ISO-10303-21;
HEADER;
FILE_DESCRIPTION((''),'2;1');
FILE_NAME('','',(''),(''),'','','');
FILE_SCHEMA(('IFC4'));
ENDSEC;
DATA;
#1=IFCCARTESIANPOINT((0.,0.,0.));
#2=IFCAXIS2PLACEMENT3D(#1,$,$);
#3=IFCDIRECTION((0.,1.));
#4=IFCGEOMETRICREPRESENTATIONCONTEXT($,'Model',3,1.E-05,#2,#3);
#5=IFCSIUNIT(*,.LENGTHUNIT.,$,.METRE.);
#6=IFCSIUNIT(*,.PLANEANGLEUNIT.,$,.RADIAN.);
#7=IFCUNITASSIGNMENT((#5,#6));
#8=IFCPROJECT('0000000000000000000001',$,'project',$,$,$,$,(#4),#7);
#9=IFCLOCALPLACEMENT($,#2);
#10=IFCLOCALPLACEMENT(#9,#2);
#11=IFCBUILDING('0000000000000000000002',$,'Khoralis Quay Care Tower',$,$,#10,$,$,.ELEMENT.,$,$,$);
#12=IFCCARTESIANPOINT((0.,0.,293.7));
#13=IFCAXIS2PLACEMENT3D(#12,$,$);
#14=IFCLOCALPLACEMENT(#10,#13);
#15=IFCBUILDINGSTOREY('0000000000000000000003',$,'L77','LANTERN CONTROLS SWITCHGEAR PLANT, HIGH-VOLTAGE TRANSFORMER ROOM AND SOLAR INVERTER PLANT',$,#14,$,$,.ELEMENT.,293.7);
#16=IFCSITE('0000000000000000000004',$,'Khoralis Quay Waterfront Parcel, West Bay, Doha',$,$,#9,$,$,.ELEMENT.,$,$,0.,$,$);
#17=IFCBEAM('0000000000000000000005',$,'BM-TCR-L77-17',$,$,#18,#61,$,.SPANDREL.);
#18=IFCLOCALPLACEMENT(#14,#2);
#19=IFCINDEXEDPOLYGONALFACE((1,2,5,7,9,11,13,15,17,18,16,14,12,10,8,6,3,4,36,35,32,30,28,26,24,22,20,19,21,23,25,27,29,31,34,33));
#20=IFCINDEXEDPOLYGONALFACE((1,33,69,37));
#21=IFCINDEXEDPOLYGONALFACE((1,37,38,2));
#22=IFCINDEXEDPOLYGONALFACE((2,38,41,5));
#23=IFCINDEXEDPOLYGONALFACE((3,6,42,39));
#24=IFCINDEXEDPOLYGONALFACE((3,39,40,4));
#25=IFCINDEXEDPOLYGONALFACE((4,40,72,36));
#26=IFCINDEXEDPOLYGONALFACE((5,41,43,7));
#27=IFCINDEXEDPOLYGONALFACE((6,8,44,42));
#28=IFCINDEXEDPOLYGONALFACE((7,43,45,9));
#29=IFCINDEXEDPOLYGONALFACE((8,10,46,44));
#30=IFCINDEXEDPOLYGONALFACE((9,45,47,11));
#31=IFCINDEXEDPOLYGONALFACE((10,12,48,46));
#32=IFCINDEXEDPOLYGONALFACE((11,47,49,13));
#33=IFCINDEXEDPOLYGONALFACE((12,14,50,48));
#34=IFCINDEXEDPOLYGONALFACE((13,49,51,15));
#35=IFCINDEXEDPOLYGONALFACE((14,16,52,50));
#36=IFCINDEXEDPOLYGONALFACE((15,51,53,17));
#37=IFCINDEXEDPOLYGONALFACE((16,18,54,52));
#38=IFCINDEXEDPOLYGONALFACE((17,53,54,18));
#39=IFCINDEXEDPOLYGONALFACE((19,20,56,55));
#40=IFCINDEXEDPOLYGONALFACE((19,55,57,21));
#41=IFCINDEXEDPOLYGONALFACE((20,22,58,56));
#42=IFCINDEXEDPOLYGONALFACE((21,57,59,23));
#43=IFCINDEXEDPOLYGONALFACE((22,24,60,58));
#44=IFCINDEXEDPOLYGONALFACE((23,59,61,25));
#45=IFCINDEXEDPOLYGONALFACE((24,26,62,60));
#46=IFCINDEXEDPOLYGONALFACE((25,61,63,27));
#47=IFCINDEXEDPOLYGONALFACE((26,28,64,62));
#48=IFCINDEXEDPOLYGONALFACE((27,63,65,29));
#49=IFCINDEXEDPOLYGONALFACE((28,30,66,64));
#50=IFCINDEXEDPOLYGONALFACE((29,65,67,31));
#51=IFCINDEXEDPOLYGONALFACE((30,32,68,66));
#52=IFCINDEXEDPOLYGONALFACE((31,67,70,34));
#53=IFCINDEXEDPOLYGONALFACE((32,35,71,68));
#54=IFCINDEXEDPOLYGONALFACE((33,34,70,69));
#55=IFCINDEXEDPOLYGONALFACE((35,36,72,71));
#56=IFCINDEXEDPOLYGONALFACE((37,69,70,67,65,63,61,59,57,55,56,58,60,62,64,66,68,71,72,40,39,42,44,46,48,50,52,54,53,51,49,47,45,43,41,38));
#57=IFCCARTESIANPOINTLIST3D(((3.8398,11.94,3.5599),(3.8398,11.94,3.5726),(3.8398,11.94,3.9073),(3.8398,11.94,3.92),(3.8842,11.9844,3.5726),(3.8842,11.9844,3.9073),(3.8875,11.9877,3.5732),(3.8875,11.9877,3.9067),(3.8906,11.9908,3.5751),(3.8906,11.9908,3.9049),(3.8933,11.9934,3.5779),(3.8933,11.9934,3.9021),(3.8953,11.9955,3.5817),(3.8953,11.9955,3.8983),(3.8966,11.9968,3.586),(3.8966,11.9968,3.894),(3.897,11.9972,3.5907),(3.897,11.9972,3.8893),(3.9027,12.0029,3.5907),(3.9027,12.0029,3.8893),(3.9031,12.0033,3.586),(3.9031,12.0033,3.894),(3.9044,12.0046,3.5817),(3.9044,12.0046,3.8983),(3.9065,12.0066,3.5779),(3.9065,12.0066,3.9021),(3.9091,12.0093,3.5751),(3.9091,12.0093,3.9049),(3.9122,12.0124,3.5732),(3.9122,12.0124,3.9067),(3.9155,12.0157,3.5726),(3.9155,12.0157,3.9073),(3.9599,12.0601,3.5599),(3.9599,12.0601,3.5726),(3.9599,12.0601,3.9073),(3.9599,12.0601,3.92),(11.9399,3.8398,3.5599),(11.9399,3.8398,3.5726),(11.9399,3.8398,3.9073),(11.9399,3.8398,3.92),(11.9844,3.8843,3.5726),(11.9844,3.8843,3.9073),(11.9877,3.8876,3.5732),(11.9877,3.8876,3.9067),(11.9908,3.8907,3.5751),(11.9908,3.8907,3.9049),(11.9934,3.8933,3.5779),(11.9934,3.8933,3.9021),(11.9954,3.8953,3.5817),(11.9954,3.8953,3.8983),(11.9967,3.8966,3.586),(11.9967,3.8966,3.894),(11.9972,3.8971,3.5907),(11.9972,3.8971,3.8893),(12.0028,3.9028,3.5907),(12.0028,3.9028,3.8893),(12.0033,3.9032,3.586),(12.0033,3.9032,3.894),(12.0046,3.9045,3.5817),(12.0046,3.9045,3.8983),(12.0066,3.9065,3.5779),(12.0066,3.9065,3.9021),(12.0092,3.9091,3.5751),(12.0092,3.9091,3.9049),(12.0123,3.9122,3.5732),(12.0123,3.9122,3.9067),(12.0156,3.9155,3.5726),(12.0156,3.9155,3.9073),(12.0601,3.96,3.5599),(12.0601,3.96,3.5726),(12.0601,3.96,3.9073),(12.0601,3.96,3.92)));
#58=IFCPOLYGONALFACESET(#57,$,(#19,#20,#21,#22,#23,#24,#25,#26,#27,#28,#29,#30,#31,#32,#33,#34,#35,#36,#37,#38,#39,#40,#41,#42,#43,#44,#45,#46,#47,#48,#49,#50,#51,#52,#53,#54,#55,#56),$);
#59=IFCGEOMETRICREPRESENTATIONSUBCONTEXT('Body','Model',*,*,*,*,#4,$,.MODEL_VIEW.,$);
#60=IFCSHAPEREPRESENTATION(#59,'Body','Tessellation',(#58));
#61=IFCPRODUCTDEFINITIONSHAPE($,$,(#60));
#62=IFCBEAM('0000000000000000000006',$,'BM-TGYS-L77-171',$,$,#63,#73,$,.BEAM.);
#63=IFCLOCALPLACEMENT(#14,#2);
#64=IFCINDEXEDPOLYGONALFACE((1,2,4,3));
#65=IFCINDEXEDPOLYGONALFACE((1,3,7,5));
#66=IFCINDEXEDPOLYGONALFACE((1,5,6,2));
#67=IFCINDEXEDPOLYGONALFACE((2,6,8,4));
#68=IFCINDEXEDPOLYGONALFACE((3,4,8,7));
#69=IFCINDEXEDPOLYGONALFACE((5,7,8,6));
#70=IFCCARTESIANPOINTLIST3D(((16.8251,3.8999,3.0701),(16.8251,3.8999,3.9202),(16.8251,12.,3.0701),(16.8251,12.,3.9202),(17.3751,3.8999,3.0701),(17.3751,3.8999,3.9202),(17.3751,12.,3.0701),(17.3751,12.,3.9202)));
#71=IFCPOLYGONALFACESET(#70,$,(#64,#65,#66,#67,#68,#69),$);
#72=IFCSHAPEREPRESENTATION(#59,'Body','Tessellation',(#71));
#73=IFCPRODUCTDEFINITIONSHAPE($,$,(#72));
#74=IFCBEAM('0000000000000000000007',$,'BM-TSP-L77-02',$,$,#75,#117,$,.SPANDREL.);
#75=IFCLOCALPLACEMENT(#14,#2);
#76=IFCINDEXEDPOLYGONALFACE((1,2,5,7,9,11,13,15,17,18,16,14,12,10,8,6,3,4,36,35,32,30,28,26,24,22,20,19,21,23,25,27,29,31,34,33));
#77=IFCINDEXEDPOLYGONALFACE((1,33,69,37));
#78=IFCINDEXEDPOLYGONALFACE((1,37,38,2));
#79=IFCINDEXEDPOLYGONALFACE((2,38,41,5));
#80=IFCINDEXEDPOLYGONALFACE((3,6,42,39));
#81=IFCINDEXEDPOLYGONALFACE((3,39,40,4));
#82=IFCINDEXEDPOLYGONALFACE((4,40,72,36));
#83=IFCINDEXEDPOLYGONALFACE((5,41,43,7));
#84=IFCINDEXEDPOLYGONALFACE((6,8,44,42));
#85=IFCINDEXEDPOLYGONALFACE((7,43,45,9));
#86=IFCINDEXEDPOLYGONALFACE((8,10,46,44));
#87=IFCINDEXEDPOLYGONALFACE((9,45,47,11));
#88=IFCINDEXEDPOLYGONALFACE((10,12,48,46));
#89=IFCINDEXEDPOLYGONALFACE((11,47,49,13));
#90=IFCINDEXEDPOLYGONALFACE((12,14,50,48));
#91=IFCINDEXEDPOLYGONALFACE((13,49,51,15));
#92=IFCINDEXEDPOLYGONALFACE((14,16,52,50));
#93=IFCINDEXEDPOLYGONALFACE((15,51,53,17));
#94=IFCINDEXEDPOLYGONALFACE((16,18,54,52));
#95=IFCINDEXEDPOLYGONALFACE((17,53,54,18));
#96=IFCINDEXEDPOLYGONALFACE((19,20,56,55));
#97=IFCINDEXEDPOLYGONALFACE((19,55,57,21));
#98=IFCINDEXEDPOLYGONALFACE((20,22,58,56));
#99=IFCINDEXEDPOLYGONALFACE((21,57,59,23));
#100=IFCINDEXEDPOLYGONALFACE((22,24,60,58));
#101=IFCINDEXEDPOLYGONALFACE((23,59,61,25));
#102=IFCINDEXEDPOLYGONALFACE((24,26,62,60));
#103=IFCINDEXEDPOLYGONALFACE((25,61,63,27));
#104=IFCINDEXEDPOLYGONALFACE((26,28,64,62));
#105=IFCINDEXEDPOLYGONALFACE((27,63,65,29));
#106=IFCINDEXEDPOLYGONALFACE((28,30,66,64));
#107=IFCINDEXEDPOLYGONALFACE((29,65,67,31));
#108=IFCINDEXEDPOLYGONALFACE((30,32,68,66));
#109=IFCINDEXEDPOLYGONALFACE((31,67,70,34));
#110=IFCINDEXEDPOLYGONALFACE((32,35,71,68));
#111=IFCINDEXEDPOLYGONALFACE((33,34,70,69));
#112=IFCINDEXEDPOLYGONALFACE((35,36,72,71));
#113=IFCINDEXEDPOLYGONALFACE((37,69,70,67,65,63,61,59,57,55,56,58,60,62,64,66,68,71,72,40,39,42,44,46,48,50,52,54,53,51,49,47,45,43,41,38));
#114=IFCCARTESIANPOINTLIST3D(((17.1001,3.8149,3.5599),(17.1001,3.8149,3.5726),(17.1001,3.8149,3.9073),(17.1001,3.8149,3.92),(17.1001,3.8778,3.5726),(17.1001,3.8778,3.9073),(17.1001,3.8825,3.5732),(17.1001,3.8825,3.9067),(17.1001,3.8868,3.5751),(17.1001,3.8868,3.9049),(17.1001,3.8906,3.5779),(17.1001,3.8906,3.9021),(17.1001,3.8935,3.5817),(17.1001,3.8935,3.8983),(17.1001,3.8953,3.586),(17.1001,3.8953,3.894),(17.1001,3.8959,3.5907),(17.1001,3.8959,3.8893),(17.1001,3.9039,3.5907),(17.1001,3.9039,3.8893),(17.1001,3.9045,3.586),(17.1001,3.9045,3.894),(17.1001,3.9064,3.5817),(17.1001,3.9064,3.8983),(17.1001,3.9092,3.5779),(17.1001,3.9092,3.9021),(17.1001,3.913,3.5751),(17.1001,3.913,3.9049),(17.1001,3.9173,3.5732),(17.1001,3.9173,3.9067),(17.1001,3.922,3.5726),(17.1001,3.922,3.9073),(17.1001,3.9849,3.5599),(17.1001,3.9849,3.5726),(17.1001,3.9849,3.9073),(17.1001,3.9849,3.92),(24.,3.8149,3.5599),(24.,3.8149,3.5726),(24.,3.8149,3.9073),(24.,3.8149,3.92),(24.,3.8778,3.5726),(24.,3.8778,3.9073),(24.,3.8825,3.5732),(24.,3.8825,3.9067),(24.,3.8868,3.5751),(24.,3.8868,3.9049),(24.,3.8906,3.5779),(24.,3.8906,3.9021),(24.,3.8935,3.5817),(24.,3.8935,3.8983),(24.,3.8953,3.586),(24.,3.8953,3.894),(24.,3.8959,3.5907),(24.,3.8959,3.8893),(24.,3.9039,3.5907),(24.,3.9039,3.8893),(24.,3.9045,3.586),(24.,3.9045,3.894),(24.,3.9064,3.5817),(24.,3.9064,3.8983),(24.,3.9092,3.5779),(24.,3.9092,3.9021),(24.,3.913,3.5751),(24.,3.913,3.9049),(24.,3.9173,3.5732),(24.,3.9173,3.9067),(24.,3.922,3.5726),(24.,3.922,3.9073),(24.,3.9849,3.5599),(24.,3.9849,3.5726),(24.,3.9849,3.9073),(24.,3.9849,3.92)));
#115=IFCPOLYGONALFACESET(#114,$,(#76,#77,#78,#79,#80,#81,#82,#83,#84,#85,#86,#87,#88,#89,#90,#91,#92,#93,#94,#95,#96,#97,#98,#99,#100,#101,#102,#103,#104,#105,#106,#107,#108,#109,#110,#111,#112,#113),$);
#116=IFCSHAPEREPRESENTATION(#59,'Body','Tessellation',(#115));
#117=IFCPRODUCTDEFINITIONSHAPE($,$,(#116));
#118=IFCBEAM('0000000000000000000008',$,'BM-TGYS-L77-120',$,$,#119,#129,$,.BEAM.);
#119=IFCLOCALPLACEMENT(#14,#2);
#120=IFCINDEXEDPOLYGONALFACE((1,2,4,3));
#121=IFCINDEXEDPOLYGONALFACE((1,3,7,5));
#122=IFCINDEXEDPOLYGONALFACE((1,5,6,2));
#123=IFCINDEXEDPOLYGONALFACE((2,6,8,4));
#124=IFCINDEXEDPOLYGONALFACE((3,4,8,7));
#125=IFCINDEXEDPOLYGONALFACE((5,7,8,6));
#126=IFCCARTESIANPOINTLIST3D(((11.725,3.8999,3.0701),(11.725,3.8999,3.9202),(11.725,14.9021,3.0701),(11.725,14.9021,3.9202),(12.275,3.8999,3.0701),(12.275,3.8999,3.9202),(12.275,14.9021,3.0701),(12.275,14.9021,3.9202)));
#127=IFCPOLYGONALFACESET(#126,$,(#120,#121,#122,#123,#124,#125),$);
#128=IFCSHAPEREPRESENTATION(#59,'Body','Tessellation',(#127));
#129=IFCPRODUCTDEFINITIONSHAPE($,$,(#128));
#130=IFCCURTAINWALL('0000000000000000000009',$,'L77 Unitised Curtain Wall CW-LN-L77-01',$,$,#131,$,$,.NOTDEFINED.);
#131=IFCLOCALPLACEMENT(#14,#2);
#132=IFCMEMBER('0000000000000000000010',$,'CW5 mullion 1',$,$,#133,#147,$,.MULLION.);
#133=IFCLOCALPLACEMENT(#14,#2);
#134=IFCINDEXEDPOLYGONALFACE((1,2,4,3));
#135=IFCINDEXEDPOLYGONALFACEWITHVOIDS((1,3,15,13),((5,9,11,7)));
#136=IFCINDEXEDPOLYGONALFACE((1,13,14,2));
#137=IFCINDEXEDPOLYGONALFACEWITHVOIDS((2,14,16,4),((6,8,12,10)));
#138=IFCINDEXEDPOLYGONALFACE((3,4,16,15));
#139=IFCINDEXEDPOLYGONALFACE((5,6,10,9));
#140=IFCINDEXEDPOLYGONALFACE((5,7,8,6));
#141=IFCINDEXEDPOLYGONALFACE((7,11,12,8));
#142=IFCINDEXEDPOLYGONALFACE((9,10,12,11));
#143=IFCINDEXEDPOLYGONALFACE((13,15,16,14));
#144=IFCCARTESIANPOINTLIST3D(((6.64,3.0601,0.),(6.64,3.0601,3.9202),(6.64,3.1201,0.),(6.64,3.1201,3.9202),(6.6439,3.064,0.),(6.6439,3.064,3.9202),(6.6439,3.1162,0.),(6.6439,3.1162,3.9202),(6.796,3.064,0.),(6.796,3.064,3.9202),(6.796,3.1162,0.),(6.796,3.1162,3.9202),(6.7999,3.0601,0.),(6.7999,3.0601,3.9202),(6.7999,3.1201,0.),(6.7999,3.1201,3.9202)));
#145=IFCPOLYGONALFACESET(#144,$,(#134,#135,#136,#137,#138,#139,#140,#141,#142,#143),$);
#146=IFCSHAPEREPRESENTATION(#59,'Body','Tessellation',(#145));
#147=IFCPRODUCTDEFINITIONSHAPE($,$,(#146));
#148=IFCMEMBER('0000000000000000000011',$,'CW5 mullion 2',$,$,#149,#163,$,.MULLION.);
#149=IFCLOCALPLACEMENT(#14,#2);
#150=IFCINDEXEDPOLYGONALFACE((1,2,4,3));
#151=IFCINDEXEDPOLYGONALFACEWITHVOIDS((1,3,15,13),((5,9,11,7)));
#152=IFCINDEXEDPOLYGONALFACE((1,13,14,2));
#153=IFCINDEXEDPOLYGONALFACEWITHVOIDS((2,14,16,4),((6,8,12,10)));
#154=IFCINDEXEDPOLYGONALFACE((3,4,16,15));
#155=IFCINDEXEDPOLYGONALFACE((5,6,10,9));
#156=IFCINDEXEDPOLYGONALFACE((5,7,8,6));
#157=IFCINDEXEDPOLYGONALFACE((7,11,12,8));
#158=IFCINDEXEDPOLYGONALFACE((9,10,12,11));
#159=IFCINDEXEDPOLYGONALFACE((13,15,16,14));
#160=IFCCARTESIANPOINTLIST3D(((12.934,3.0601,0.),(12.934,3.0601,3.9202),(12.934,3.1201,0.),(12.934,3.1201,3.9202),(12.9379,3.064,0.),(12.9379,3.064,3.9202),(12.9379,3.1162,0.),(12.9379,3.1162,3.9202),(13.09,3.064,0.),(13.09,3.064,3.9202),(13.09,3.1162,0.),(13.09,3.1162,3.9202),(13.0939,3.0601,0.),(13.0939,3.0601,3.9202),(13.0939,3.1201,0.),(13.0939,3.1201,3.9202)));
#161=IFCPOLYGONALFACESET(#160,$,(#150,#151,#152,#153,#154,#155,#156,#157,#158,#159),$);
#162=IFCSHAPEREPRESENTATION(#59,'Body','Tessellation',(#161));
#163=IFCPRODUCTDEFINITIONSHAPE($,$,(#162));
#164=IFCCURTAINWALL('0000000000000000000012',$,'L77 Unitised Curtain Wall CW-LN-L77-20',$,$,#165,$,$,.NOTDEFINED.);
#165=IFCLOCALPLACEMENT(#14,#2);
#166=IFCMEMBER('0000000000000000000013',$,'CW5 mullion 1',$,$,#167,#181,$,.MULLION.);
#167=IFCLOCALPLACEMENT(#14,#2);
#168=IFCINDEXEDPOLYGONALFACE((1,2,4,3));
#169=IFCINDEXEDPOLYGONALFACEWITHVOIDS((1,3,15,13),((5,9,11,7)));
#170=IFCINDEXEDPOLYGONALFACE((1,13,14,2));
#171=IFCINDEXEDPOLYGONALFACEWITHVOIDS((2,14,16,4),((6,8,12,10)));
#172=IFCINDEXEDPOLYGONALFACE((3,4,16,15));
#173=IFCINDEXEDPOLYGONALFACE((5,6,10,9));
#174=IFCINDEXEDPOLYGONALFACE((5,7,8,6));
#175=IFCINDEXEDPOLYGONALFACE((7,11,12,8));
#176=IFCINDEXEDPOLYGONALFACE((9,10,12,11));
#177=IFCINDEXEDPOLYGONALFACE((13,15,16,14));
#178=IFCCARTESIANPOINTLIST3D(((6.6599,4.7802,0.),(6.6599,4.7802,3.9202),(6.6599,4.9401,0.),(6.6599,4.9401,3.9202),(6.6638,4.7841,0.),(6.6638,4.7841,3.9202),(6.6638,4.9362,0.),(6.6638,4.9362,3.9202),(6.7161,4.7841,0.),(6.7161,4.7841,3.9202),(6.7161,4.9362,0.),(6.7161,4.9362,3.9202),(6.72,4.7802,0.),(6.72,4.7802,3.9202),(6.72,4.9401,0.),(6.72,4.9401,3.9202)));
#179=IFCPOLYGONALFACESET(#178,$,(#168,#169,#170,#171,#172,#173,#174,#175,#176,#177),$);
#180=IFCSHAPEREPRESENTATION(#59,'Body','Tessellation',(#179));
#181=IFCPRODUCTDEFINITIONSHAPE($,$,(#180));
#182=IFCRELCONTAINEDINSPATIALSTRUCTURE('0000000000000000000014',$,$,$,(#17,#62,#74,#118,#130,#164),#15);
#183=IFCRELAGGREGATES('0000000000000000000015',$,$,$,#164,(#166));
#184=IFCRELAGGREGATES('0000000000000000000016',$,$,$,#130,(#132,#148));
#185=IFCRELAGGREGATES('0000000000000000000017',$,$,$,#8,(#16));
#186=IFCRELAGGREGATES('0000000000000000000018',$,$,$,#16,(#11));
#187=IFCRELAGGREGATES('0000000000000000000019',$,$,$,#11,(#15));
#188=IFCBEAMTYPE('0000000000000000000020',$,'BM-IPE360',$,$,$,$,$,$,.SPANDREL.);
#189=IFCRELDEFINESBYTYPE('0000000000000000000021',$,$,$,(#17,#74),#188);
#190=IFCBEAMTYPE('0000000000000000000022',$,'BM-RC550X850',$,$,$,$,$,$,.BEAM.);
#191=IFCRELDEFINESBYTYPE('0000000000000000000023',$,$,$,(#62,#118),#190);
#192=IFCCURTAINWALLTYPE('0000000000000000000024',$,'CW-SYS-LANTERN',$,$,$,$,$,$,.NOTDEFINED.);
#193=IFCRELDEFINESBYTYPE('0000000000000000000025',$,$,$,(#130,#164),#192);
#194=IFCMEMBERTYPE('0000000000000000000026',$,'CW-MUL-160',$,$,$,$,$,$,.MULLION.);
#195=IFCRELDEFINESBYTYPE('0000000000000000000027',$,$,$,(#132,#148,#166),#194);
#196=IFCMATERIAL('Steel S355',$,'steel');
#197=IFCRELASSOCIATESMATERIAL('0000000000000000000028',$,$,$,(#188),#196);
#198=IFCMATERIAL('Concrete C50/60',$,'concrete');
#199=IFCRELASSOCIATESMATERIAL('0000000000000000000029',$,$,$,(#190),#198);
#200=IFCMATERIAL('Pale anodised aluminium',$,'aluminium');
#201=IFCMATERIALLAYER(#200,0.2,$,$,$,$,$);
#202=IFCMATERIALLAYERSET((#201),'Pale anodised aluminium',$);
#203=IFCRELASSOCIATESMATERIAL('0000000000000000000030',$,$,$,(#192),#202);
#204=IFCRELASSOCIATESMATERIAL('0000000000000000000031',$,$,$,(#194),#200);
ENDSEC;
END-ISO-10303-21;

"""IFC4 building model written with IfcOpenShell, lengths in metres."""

from ifc_helpers import new_model, si_unit, direction, frame, origin, origin_2d, place, context, subcontext, project, spatial, rectangle, hollow_rectangle, i_section, extrude, source, transform, mapped, material, layer, layer_set, material_profile, profile_set, type_object, element, aggregate, save


model = new_model("IFC4")

# Units and contexts
model_context = context("Model", 3, precision=1e-05, world=origin(), true_north=direction((0.0, 1.0)))
body_context = subcontext(model_context, "Body", "Model", "MODEL_VIEW")
ifc_project = project(units=[si_unit("LENGTHUNIT", "METRE"), si_unit("PLANEANGLEUNIT", "RADIAN")], contexts=[model_context])

# Site, building, storey
site_placement = place(None, origin())
site = spatial("IfcSite", under=ifc_project, at=site_placement, Name="Khoralis Quay Waterfront Parcel, West Bay, Doha", CompositionType="ELEMENT", RefElevation=0.0)
building_placement = place(site_placement, origin())
building = spatial("IfcBuilding", under=site, at=building_placement, Name="Khoralis Quay Care Tower", CompositionType="ELEMENT")
storey_placement = place(building_placement, frame((0.0, 0.0, 293.7)))
storey = spatial("IfcBuildingStorey", under=building, at=storey_placement, Name="L77", Description="LANTERN CONTROLS SWITCHGEAR PLANT, HIGH-VOLTAGE TRANSFORMER ROOM AND SOLAR INVERTER PLANT", CompositionType="ELEMENT", Elevation=293.7)

# Beams
ifc_material_1 = material(Name="Steel S355", Category="steel")
ifc_material_profile_1 = material_profile(ifc_material_1, i_section(OverallWidth=0.1699, OverallDepth=0.3601, WebThickness=0.0081, FlangeThickness=0.0127, FilletRadius=0.0181, at=origin_2d()), Name="Steel S355")
ifc_profile_set_1 = profile_set([ifc_material_profile_1], Name="Steel S355")
beam_type_1 = type_object("IfcBeamType", Name="BM-IPE360", PredefinedType="SPANDREL", material=ifc_profile_set_1)
shared_shape_1 = source(origin(), body_context, "Body", "SweptSolid", [
    extrude(i_section(OverallWidth=0.1699, OverallDepth=0.3601, WebThickness=0.0081, FlangeThickness=0.0127, FilletRadius=0.0181, at=origin_2d()), origin(), (0.0, 0.0, 1.0), 11.4553),
])
beam_1_placement = place(storey_placement, frame((12.0, 3.8999, 3.74), z_axis=(-0.707107, 0.707107, 0.0), x_axis=(-0.707107, -0.707107, 0.0)))
element("IfcBeam", 1, at=beam_1_placement, inside=storey, type_object=beam_type_1, Name="BM-TCR-L77-17", PredefinedType="SPANDREL", context=body_context, shape_type="MappedRepresentation", body=[
    mapped(shared_shape_1, transform((0.0, 0.0, 0.0), scale=1.0)),
])
ifc_material_2 = material(Name="Concrete C50/60", Category="concrete")
ifc_material_profile_2 = material_profile(ifc_material_2, rectangle(XDim=0.55, YDim=0.8501, at=origin_2d()), Name="Concrete C50/60")
ifc_profile_set_2 = profile_set([ifc_material_profile_2], Name="Concrete C50/60")
beam_type_2 = type_object("IfcBeamType", Name="BM-RC550X850", PredefinedType="BEAM", material=ifc_profile_set_2)
shared_shape_2 = source(origin(), body_context, "Body", "SweptSolid", [
    extrude(rectangle(XDim=0.55, YDim=0.8501, at=origin_2d()), origin(), (0.0, 0.0, 1.0), 8.1001),
])
beam_2_placement = place(storey_placement, frame((17.1001, 3.8999, 3.4951), z_axis=(0.0, 1.0, 0.0), x_axis=(-1.0, 0.0, 0.0)))
element("IfcBeam", 2, at=beam_2_placement, inside=storey, type_object=beam_type_2, Name="BM-TGYS-L77-171", PredefinedType="BEAM", context=body_context, shape_type="MappedRepresentation", body=[
    mapped(shared_shape_2, transform((0.0, 0.0, 0.0), scale=1.0)),
])
shared_shape_3 = source(origin(), body_context, "Body", "SweptSolid", [
    extrude(i_section(OverallWidth=0.1699, OverallDepth=0.3601, WebThickness=0.0081, FlangeThickness=0.0127, FilletRadius=0.0181, at=origin_2d()), origin(), (0.0, 0.0, 1.0), 6.8999),
])
beam_3_placement = place(storey_placement, frame((17.1001, 3.8999, 3.74), z_axis=(1.0, 0.0, 0.0), x_axis=(0.0, 1.0, 0.0)))
element("IfcBeam", 3, at=beam_3_placement, inside=storey, type_object=beam_type_1, Name="BM-TSP-L77-02", PredefinedType="SPANDREL", context=body_context, shape_type="MappedRepresentation", body=[
    mapped(shared_shape_3, transform((0.0, 0.0, 0.0), scale=1.0)),
])
shared_shape_4 = source(origin(), body_context, "Body", "SweptSolid", [
    extrude(rectangle(XDim=0.55, YDim=0.8501, at=origin_2d()), origin(), (0.0, 0.0, 1.0), 11.0022),
])
beam_4_placement = place(storey_placement, frame((12.0, 3.8999, 3.4951), z_axis=(0.0, 1.0, 0.0), x_axis=(-1.0, 0.0, 0.0)))
element("IfcBeam", 4, at=beam_4_placement, inside=storey, type_object=beam_type_2, Name="BM-TGYS-L77-120", PredefinedType="BEAM", context=body_context, shape_type="MappedRepresentation", body=[
    mapped(shared_shape_4, transform((0.0, 0.0, 0.0), scale=1.0)),
])

# Curtain wall, members
ifc_material_3 = material(Name="Pale anodised aluminium", Category="aluminium")
ifc_layer_1 = layer(ifc_material_3, 0.2)
ifc_layer_set_1 = layer_set([ifc_layer_1], Name="Pale anodised aluminium")
curtain_wall_type = type_object("IfcCurtainWallType", Name="CW-SYS-LANTERN", PredefinedType="NOTDEFINED", material=ifc_layer_set_1)
curtain_wall_1_placement = place(storey_placement, origin())
curtain_wall_1 = element("IfcCurtainWall", 5, at=curtain_wall_1_placement, inside=storey, type_object=curtain_wall_type, Name="L77 Unitised Curtain Wall CW-LN-L77-01", PredefinedType="NOTDEFINED")
ifc_material_profile_3 = material_profile(ifc_material_3, hollow_rectangle(XDim=0.0601, YDim=0.1599, WallThickness=0.0039, at=origin_2d()), Name="Pale anodised aluminium")
ifc_profile_set_3 = profile_set([ifc_material_profile_3], Name="Pale anodised aluminium")
member_type_1 = type_object("IfcMemberType", Name="CW-MUL-160", PredefinedType="MULLION", material=ifc_profile_set_3)
shared_shape_5 = source(origin(), body_context, "Body", "SweptSolid", [
    extrude(hollow_rectangle(XDim=0.0601, YDim=0.1599, WallThickness=0.0039, at=origin_2d()), origin(), (0.0, 0.0, 1.0), 3.9202),
])
member_1_placement = place(storey_placement, frame((6.72, 3.0901, 0.0), z_axis=(0.0, 0.0, 1.0), x_axis=(0.0, 1.0, 0.0)))
member_1 = element("IfcMember", 6, at=member_1_placement, type_object=member_type_1, Name="CW5 mullion 1", PredefinedType="MULLION", context=body_context, shape_type="MappedRepresentation", body=[
    mapped(shared_shape_5, transform((0.0, 0.0, 0.0), scale=1.0)),
])
member_2_placement = place(storey_placement, frame((13.0139, 3.0901, 0.0), z_axis=(0.0, 0.0, 1.0), x_axis=(0.0, 1.0, 0.0)))
member_2 = element("IfcMember", 7, at=member_2_placement, type_object=member_type_1, Name="CW5 mullion 2", PredefinedType="MULLION", context=body_context, shape_type="MappedRepresentation", body=[
    mapped(shared_shape_5, transform((0.0, 0.0, 0.0), scale=1.0)),
])

# Curtain wall, member
curtain_wall_2_placement = place(storey_placement, origin())
curtain_wall_2 = element("IfcCurtainWall", 8, at=curtain_wall_2_placement, inside=storey, type_object=curtain_wall_type, Name="L77 Unitised Curtain Wall CW-LN-L77-20", PredefinedType="NOTDEFINED")
member_3_placement = place(storey_placement, frame((6.6899, 4.8601, 0.0), z_axis=(0.0, 0.0, 1.0), x_axis=(1.0, 0.0, 0.0)))
member_3 = element("IfcMember", 9, at=member_3_placement, type_object=member_type_1, Name="CW5 mullion 1", PredefinedType="MULLION", context=body_context, shape_type="MappedRepresentation", body=[
    mapped(shared_shape_5, transform((0.0, 0.0, 0.0), scale=1.0)),
])

aggregate(curtain_wall_2, [member_3])

aggregate(curtain_wall_1, [member_1, member_2])

save(model, "model.ifc")
